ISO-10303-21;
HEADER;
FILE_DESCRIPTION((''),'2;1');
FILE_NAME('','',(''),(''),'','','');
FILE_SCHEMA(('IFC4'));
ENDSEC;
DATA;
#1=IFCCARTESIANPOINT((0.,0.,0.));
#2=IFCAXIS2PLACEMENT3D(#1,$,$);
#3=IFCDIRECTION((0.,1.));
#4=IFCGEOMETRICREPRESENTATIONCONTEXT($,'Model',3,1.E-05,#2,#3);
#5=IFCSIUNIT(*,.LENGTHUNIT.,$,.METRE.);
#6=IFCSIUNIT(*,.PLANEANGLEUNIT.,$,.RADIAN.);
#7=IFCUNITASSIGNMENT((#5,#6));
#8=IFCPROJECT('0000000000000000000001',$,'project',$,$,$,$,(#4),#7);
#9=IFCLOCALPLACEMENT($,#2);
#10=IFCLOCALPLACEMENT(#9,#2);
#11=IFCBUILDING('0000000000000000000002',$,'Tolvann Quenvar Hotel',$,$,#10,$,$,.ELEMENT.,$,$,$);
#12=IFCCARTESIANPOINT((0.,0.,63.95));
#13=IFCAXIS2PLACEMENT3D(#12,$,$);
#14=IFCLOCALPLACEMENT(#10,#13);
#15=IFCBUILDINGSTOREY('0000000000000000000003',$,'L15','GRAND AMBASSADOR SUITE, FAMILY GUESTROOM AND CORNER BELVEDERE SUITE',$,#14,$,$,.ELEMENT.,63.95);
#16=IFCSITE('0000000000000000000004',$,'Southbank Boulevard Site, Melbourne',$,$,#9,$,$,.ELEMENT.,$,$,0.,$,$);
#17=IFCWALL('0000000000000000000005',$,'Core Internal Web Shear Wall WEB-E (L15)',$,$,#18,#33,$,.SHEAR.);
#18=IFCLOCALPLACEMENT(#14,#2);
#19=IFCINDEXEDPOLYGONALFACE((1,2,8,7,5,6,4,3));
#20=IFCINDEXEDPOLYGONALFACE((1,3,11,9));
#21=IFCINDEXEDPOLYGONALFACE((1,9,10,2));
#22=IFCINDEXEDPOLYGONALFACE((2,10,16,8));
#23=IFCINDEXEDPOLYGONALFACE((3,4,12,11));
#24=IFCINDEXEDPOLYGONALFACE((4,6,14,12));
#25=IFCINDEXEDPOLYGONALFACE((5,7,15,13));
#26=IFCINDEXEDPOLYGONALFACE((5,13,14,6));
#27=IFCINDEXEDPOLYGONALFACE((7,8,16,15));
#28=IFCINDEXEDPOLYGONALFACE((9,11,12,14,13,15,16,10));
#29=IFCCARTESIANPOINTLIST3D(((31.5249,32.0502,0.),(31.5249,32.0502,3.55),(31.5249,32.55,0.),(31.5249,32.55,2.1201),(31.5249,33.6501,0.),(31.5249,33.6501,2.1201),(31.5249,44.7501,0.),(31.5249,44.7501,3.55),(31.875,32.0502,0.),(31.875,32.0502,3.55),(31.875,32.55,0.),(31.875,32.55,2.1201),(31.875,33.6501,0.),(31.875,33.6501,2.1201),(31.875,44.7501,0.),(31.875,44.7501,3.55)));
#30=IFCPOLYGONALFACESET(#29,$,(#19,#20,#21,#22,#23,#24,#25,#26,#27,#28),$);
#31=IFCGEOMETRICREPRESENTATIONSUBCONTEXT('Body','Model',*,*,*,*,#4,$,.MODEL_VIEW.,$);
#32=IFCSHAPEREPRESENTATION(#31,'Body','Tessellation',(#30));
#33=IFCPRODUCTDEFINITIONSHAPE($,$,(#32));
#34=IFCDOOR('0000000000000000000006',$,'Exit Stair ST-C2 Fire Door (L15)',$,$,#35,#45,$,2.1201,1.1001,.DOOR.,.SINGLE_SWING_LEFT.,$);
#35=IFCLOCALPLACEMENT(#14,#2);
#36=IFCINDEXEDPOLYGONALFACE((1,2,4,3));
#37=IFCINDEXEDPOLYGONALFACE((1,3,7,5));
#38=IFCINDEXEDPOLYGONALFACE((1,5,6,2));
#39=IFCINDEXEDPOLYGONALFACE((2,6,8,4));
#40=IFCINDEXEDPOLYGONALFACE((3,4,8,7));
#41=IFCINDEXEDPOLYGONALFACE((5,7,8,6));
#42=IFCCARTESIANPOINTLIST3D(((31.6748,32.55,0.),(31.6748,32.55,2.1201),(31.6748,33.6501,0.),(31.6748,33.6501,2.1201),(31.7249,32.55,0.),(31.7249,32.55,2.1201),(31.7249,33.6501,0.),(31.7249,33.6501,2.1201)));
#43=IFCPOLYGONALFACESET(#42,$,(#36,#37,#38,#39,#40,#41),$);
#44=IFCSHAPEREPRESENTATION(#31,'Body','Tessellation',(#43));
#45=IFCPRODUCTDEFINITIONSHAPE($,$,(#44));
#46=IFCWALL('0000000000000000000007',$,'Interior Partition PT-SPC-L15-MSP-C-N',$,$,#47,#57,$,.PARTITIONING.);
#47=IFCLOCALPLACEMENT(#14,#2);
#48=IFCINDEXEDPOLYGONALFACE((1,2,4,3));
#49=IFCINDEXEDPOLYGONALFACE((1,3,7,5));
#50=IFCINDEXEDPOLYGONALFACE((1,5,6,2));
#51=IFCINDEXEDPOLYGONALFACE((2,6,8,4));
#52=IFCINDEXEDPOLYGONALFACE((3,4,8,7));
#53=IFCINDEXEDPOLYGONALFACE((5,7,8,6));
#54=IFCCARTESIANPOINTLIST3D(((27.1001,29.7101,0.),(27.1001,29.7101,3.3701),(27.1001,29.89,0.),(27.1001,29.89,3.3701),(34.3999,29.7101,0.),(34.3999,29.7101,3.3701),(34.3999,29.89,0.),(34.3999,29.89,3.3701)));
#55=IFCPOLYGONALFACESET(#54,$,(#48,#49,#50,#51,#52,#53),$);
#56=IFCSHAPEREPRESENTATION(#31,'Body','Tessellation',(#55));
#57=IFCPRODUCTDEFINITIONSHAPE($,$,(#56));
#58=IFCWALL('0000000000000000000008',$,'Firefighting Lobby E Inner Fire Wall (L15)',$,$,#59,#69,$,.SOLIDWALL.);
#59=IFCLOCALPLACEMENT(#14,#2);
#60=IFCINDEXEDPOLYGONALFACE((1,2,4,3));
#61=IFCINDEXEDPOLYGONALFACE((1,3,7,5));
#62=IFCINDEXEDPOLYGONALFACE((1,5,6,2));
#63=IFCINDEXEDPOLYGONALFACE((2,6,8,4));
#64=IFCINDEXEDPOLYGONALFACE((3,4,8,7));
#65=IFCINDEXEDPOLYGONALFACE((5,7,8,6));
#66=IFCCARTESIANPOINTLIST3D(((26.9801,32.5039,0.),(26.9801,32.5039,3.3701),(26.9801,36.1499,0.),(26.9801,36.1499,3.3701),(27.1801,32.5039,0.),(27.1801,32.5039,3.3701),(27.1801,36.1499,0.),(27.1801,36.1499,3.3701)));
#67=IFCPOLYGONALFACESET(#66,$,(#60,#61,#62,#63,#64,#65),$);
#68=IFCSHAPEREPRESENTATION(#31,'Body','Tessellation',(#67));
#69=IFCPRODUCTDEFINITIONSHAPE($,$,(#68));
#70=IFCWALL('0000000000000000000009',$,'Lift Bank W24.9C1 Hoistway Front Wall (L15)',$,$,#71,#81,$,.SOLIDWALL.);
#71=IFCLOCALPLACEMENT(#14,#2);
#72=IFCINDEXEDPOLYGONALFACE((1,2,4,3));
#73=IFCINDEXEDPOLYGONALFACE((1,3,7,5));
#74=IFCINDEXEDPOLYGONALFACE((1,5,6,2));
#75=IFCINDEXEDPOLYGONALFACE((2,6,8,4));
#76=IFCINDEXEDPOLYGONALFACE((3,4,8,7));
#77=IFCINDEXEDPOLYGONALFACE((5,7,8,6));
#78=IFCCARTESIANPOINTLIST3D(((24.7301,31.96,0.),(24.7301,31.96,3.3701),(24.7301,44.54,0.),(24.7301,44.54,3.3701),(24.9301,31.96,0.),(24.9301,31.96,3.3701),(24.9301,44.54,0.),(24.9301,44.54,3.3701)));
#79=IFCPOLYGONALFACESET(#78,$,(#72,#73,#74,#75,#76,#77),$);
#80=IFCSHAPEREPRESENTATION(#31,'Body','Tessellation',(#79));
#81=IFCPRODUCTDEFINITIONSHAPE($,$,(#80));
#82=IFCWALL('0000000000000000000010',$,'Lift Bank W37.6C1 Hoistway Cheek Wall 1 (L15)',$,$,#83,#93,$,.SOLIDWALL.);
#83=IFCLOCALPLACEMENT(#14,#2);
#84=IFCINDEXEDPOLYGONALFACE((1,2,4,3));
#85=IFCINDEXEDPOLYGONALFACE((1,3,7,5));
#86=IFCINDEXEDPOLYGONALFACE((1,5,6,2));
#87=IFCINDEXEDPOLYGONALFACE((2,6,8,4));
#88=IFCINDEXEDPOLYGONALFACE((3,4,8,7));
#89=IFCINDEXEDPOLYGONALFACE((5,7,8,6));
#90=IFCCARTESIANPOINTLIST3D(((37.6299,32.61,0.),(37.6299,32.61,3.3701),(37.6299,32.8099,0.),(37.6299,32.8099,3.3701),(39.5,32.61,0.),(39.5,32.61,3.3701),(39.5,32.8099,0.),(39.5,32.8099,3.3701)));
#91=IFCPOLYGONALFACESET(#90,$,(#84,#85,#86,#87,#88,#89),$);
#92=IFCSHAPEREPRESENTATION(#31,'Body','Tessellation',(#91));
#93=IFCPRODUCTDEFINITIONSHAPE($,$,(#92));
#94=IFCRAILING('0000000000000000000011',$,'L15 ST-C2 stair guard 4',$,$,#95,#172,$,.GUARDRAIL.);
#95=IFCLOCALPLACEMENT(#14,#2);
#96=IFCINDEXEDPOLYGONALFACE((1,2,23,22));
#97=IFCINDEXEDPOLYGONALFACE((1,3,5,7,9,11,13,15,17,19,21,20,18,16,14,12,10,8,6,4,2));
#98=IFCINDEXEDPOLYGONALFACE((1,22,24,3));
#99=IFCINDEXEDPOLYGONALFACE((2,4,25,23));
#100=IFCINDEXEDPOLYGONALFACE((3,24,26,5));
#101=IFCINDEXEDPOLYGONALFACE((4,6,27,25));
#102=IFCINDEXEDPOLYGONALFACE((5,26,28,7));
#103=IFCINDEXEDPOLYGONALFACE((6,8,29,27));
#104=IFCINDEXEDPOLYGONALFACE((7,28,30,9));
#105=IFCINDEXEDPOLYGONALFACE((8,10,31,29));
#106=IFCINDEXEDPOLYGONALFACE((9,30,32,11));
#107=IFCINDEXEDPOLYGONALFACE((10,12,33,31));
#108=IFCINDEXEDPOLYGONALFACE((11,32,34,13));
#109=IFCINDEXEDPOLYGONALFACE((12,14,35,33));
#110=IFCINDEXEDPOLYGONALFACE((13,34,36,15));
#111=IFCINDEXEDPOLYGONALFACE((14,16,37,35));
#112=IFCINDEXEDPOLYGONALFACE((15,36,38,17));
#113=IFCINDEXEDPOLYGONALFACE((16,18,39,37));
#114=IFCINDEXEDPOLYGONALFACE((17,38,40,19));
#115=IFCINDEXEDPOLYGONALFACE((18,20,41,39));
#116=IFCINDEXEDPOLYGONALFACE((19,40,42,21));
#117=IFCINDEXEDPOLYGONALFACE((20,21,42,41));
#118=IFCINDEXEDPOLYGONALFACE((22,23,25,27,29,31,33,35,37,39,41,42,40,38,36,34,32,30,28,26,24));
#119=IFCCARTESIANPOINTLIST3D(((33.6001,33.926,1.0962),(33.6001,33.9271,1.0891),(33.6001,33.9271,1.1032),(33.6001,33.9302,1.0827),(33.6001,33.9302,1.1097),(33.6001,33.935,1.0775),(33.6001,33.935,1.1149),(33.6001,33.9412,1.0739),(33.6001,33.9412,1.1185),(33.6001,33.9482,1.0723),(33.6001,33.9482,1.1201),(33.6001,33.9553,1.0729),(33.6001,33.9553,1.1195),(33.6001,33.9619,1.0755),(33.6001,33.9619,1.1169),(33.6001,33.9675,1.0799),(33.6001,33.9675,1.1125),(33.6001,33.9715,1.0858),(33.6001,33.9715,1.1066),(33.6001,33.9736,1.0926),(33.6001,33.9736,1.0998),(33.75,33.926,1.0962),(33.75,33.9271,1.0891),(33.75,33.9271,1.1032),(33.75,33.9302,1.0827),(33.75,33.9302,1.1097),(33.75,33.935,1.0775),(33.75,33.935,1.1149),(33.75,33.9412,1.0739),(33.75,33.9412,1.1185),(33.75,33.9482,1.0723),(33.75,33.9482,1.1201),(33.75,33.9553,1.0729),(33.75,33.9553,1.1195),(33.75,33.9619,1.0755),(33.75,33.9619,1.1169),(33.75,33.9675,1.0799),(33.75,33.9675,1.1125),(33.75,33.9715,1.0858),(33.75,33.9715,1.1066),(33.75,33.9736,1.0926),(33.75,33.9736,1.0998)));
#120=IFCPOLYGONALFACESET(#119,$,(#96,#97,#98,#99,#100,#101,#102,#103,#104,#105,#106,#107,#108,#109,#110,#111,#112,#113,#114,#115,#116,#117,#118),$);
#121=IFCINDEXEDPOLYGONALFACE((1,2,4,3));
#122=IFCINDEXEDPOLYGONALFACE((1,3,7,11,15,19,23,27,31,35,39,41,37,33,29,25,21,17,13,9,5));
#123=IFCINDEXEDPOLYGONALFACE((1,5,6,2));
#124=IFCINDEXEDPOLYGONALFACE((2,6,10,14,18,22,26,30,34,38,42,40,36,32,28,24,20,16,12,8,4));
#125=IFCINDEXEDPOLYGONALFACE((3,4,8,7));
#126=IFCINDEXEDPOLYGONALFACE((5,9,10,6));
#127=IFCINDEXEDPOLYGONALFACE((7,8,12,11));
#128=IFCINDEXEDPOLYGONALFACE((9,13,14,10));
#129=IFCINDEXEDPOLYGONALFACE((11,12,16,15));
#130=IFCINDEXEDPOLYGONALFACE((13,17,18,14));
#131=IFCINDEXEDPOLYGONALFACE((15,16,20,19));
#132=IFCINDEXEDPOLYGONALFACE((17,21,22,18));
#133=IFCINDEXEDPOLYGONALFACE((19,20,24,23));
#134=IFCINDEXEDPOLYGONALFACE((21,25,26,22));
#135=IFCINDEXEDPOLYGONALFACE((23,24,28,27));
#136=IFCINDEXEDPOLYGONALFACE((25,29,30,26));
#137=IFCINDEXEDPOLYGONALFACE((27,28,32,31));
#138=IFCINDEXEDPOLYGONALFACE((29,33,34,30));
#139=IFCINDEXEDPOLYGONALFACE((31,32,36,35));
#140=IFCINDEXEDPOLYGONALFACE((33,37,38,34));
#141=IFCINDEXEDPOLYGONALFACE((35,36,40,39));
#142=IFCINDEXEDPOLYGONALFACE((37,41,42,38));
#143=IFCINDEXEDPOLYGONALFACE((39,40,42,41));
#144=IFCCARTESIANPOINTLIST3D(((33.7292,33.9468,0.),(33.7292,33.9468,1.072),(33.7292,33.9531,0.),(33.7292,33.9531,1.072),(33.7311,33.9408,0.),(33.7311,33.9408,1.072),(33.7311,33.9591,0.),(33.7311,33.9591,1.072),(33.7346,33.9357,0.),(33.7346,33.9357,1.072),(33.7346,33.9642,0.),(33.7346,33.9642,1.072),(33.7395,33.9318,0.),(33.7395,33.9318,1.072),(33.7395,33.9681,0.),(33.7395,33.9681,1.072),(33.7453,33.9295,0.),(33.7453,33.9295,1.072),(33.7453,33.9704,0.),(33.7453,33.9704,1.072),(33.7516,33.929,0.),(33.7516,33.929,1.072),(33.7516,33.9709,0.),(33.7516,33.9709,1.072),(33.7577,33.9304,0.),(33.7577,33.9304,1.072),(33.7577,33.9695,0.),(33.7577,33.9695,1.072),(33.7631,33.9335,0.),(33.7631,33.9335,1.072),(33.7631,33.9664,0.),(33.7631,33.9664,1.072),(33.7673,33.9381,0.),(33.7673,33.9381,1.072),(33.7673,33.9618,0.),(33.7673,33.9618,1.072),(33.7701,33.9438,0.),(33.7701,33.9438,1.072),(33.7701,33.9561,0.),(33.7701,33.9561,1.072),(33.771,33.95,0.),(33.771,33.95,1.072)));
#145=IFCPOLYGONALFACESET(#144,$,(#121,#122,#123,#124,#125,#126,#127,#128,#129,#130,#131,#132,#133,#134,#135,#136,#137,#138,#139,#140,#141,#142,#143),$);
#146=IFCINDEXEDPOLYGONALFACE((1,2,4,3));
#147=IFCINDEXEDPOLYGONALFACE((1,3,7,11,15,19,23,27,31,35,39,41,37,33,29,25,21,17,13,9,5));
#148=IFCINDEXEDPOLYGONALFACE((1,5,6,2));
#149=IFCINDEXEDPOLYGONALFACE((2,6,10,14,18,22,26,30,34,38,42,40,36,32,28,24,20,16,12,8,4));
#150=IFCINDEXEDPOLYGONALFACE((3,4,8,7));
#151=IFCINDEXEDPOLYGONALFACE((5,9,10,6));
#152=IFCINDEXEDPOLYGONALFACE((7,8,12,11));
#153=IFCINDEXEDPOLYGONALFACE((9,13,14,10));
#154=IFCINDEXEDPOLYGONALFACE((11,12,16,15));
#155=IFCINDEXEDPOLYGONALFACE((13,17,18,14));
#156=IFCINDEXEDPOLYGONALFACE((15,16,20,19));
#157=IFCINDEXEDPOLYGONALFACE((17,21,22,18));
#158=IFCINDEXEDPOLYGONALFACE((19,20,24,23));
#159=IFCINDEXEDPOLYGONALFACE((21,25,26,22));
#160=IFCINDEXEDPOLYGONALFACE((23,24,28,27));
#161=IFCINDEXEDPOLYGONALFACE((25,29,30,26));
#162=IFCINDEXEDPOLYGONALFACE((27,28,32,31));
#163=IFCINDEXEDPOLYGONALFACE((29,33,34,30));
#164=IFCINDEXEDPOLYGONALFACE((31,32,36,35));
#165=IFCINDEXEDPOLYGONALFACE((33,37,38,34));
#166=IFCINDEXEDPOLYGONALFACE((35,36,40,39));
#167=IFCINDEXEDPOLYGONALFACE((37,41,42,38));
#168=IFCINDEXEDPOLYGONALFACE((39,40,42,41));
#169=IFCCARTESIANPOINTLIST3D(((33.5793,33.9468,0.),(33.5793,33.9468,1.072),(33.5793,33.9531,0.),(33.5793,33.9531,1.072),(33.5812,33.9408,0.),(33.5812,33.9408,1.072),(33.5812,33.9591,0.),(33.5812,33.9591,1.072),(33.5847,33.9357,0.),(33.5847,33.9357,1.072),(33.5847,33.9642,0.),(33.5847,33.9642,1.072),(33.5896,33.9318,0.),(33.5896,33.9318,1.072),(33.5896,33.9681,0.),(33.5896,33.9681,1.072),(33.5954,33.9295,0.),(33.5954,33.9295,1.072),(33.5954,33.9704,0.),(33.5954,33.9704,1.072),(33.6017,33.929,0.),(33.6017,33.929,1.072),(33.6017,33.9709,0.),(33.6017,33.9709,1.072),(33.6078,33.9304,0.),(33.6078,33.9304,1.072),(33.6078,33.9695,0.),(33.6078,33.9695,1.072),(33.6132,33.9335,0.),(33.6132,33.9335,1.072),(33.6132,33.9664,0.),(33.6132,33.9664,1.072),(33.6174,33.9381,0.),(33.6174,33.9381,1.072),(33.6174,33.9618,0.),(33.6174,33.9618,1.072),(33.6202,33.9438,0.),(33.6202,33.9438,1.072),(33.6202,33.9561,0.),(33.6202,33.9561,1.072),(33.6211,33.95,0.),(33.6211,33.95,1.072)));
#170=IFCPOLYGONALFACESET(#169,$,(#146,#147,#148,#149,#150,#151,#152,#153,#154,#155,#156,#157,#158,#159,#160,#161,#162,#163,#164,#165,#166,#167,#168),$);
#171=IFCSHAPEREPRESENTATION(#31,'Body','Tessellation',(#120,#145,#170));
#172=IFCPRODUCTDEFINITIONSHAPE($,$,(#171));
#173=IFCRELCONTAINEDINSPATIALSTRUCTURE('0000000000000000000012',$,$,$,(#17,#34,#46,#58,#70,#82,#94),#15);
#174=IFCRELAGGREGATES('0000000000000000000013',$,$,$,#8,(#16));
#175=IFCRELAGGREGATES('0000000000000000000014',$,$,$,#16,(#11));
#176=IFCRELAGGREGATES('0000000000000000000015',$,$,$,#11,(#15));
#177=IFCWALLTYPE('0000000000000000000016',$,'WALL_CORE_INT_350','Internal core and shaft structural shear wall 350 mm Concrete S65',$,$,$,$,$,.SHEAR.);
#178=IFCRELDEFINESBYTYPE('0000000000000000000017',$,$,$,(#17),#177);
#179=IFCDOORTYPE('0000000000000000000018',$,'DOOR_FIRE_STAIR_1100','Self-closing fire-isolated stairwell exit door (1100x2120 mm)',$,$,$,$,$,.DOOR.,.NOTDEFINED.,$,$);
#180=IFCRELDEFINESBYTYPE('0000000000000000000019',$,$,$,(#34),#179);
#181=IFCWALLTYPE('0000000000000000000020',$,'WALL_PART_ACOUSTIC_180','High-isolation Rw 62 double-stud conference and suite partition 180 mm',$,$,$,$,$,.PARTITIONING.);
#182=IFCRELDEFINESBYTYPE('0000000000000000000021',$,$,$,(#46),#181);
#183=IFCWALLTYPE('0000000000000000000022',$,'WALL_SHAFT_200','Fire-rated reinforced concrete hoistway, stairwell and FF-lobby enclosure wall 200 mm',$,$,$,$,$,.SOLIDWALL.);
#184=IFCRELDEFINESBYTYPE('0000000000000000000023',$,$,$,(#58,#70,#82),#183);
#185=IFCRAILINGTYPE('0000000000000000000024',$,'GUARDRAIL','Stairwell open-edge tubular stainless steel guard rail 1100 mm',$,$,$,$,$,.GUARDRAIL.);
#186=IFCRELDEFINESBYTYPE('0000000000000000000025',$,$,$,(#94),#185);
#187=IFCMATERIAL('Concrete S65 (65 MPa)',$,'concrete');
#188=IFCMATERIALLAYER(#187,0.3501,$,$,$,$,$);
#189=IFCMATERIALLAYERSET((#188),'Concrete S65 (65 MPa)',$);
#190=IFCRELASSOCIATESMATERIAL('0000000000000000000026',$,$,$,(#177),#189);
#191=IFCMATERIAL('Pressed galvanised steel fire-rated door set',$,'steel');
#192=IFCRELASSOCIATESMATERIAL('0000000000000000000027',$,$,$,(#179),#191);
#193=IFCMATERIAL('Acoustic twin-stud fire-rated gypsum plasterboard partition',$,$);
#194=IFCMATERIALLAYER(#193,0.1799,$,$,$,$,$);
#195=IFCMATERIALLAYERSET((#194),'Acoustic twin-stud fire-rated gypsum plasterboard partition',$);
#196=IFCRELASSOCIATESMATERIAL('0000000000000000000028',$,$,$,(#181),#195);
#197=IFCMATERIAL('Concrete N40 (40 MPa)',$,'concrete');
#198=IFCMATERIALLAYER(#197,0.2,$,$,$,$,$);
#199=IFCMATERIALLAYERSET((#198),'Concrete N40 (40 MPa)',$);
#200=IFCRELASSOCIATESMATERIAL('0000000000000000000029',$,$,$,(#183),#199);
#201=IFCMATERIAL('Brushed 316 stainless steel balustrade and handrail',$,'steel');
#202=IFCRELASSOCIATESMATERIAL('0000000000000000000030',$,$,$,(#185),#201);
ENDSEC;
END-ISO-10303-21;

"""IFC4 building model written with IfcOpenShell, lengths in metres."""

from ifc_helpers import new_model, si_unit, direction, frame, frame_2d, origin, origin_2d, place, context, subcontext, project, spatial, rectangle, circle, extrude, source, transform, mapped, material, layer, layer_set, type_object, type_shapes, element, fill, save


model = new_model("IFC4")

# Units and contexts
model_context = context("Model", 3, precision=1e-05, world=origin(), true_north=direction((0.0, 1.0)))
body_context = subcontext(model_context, "Body", "Model", "MODEL_VIEW")
ifc_project = project(units=[si_unit("LENGTHUNIT", "METRE"), si_unit("PLANEANGLEUNIT", "RADIAN")], contexts=[model_context])

# Site, building, storey
site_placement = place(None, origin())
site = spatial("IfcSite", under=ifc_project, at=site_placement, Name="Southbank Boulevard Site, Melbourne", CompositionType="ELEMENT", RefElevation=0.0)
building_placement = place(site_placement, origin())
building = spatial("IfcBuilding", under=site, at=building_placement, Name="Tolvann Quenvar Hotel", CompositionType="ELEMENT")
storey_placement = place(building_placement, frame((0.0, 0.0, 63.95)))
storey = spatial("IfcBuildingStorey", under=building, at=storey_placement, Name="L15", Description="GRAND AMBASSADOR SUITE, FAMILY GUESTROOM AND CORNER BELVEDERE SUITE", CompositionType="ELEMENT", Elevation=63.95)

# Shared definitions
ifc_material_1 = material(Name="Concrete S65 (65 MPa)", Category="concrete")

# Wall, opening, door
ifc_layer_1 = layer(ifc_material_1, 0.3501)
ifc_layer_set_1 = layer_set([ifc_layer_1], Name="Concrete S65 (65 MPa)")
wall_type_1 = type_object("IfcWallType", Name="WALL_CORE_INT_350", Description="Internal core and shaft structural shear wall 350 mm Concrete S65", PredefinedType="SHEAR", material=ifc_layer_set_1)
wall_1_placement = place(storey_placement, frame((31.7, 32.05, 0.0), z_axis=(0.0, 0.0, 1.0), x_axis=(0.0, 1.0, 0.0)))
wall_1 = element("IfcWall", 1, at=wall_1_placement, inside=storey, type_object=wall_type_1, Name="Core Internal Web Shear Wall WEB-E (L15)", PredefinedType="SHEAR", context=body_context, shape_type="SweptSolid", body=[
    extrude(rectangle(XDim=12.7, YDim=0.3501, at=frame_2d((6.3501, 0.0))), origin(), (0.0, 0.0, 1.0), 3.55),
])
opening_1_placement = place(wall_1_placement, frame((1.6001, 0.0, 0.0), z_axis=(0.0, 0.0, 1.0), x_axis=(-1.0, 0.0, 0.0)))
opening_1 = element("IfcOpeningElement", 2, at=opening_1_placement, cuts=wall_1, PredefinedType="OPENING", context=body_context, shape_type="SweptSolid", body=[
    extrude(rectangle(XDim=1.1001, YDim=2.1201, at=frame_2d((0.55, 1.0601))), frame((0.0, 0.1851, 0.0), z_axis=(0.0, -1.0, 0.0), x_axis=(1.0, 0.0, 0.0)), (0.0, 0.0, 1.0), 0.3701),
])
ifc_material_2 = material(Name="Pressed galvanised steel fire-rated door set", Category="steel")
door_type_1 = type_object("IfcDoorType", Name="DOOR_FIRE_STAIR_1100", Description="Self-closing fire-isolated stairwell exit door (1100x2120 mm)", OperationType="NOTDEFINED", PredefinedType="DOOR", material=ifc_material_2)
shared_shape_1 = source(origin(), body_context, "Body", "SweptSolid", [
    extrude(rectangle(XDim=1.1001, YDim=2.1201, at=frame_2d((0.55, 1.0601))), frame((0.0, 0.0249, 0.0), z_axis=(0.0, -1.0, 0.0), x_axis=(1.0, 0.0, 0.0)), (0.0, 0.0, 1.0), 0.05),
])
type_shapes(door_type_1, [shared_shape_1])
door_1_placement = place(opening_1_placement, origin())
door_1 = element("IfcDoor", 3, at=door_1_placement, inside=storey, type_object=door_type_1, Name="Exit Stair ST-C2 Fire Door (L15)", OperationType="SINGLE_SWING_LEFT", OverallHeight=2.1201, OverallWidth=1.1001, PredefinedType="DOOR", context=body_context, shape_type="MappedRepresentation", body=[
    mapped(shared_shape_1, transform((0.0, 0.0, 0.0), x_axis=(1.0, 0.0, 0.0), y_axis=(0.0, 1.0, 0.0), z_axis=(0.0, 0.0, 1.0), scale=1.0)),
])
fill(opening_1, door_1)

# Walls
ifc_material_3 = material(Name="Acoustic twin-stud fire-rated gypsum plasterboard partition")
ifc_layer_2 = layer(ifc_material_3, 0.1799)
ifc_layer_set_2 = layer_set([ifc_layer_2], Name="Acoustic twin-stud fire-rated gypsum plasterboard partition")
wall_type_2 = type_object("IfcWallType", Name="WALL_PART_ACOUSTIC_180", Description="High-isolation Rw 62 double-stud conference and suite partition 180 mm", PredefinedType="PARTITIONING", material=ifc_layer_set_2)
wall_2_placement = place(storey_placement, frame((27.1001, 29.8, 0.0), z_axis=(0.0, 0.0, 1.0), x_axis=(1.0, 0.0, 0.0)))
element("IfcWall", 4, at=wall_2_placement, inside=storey, type_object=wall_type_2, Name="Interior Partition PT-SPC-L15-MSP-C-N", PredefinedType="PARTITIONING", context=body_context, shape_type="SweptSolid", body=[
    extrude(rectangle(XDim=7.2998, YDim=0.1799, at=frame_2d((3.6499, 0.0))), origin(), (0.0, 0.0, 1.0), 3.3701),
])
ifc_material_4 = material(Name="Concrete N40 (40 MPa)", Category="concrete")
ifc_layer_3 = layer(ifc_material_4, 0.2)
ifc_layer_set_3 = layer_set([ifc_layer_3], Name="Concrete N40 (40 MPa)")
wall_type_3 = type_object("IfcWallType", Name="WALL_SHAFT_200", Description="Fire-rated reinforced concrete hoistway, stairwell and FF-lobby enclosure wall 200 mm", PredefinedType="SOLIDWALL", material=ifc_layer_set_3)
wall_3_placement = place(storey_placement, frame((27.0801, 32.5039, 0.0), z_axis=(0.0, 0.0, 1.0), x_axis=(0.0, 1.0, 0.0)))
element("IfcWall", 5, at=wall_3_placement, inside=storey, type_object=wall_type_3, Name="Firefighting Lobby E Inner Fire Wall (L15)", PredefinedType="SOLIDWALL", context=body_context, shape_type="SweptSolid", body=[
    extrude(rectangle(XDim=3.646, YDim=0.2, at=frame_2d((1.823, 0.0))), origin(), (0.0, 0.0, 1.0), 3.3701),
])
wall_4_placement = place(storey_placement, frame((24.8301, 31.96, 0.0), z_axis=(0.0, 0.0, 1.0), x_axis=(0.0, 1.0, 0.0)))
element("IfcWall", 6, at=wall_4_placement, inside=storey, type_object=wall_type_3, Name="Lift Bank W24.9C1 Hoistway Front Wall (L15)", PredefinedType="SOLIDWALL", context=body_context, shape_type="SweptSolid", body=[
    extrude(rectangle(XDim=12.5801, YDim=0.2, at=frame_2d((6.29, 0.0))), origin(), (0.0, 0.0, 1.0), 3.3701),
])

# Wall
wall_5_placement = place(storey_placement, frame((37.6299, 32.71, 0.0), z_axis=(0.0, 0.0, 1.0), x_axis=(1.0, 0.0, 0.0)))
element("IfcWall", 7, at=wall_5_placement, inside=storey, type_object=wall_type_3, Name="Lift Bank W37.6C1 Hoistway Cheek Wall 1 (L15)", PredefinedType="SOLIDWALL", context=body_context, shape_type="SweptSolid", body=[
    extrude(rectangle(XDim=1.8701, YDim=0.2, at=frame_2d((0.9351, 0.0))), origin(), (0.0, 0.0, 1.0), 3.3701),
])

# Railing
ifc_material_5 = material(Name="Brushed 316 stainless steel balustrade and handrail", Category="steel")
railing_type = type_object("IfcRailingType", Name="GUARDRAIL", Description="Stairwell open-edge tubular stainless steel guard rail 1100 mm", PredefinedType="GUARDRAIL", material=ifc_material_5)
railing_placement = place(storey_placement, frame((33.75, 33.95, 0.0)))
element("IfcRailing", 8, at=railing_placement, inside=storey, type_object=railing_type, Name="L15 ST-C2 stair guard 4", PredefinedType="GUARDRAIL", context=body_context, shape_type="SweptSolid", body=[
    extrude(circle(Radius=0.0239, at=origin_2d()), frame((0.0, 0.0, 1.0962), z_axis=(-1.0, 0.0, 0.0), x_axis=(0.0, -1.0, 0.0)), (0.0, 0.0, 1.0), 0.1499),
    extrude(circle(Radius=0.021, at=origin_2d()), origin(), (0.0, 0.0, 1.0), 1.072),
    extrude(circle(Radius=0.021, at=origin_2d()), frame((-0.1499, 0.0, 0.0)), (0.0, 0.0, 1.0), 1.072),
])

save(model, "model.ifc")
